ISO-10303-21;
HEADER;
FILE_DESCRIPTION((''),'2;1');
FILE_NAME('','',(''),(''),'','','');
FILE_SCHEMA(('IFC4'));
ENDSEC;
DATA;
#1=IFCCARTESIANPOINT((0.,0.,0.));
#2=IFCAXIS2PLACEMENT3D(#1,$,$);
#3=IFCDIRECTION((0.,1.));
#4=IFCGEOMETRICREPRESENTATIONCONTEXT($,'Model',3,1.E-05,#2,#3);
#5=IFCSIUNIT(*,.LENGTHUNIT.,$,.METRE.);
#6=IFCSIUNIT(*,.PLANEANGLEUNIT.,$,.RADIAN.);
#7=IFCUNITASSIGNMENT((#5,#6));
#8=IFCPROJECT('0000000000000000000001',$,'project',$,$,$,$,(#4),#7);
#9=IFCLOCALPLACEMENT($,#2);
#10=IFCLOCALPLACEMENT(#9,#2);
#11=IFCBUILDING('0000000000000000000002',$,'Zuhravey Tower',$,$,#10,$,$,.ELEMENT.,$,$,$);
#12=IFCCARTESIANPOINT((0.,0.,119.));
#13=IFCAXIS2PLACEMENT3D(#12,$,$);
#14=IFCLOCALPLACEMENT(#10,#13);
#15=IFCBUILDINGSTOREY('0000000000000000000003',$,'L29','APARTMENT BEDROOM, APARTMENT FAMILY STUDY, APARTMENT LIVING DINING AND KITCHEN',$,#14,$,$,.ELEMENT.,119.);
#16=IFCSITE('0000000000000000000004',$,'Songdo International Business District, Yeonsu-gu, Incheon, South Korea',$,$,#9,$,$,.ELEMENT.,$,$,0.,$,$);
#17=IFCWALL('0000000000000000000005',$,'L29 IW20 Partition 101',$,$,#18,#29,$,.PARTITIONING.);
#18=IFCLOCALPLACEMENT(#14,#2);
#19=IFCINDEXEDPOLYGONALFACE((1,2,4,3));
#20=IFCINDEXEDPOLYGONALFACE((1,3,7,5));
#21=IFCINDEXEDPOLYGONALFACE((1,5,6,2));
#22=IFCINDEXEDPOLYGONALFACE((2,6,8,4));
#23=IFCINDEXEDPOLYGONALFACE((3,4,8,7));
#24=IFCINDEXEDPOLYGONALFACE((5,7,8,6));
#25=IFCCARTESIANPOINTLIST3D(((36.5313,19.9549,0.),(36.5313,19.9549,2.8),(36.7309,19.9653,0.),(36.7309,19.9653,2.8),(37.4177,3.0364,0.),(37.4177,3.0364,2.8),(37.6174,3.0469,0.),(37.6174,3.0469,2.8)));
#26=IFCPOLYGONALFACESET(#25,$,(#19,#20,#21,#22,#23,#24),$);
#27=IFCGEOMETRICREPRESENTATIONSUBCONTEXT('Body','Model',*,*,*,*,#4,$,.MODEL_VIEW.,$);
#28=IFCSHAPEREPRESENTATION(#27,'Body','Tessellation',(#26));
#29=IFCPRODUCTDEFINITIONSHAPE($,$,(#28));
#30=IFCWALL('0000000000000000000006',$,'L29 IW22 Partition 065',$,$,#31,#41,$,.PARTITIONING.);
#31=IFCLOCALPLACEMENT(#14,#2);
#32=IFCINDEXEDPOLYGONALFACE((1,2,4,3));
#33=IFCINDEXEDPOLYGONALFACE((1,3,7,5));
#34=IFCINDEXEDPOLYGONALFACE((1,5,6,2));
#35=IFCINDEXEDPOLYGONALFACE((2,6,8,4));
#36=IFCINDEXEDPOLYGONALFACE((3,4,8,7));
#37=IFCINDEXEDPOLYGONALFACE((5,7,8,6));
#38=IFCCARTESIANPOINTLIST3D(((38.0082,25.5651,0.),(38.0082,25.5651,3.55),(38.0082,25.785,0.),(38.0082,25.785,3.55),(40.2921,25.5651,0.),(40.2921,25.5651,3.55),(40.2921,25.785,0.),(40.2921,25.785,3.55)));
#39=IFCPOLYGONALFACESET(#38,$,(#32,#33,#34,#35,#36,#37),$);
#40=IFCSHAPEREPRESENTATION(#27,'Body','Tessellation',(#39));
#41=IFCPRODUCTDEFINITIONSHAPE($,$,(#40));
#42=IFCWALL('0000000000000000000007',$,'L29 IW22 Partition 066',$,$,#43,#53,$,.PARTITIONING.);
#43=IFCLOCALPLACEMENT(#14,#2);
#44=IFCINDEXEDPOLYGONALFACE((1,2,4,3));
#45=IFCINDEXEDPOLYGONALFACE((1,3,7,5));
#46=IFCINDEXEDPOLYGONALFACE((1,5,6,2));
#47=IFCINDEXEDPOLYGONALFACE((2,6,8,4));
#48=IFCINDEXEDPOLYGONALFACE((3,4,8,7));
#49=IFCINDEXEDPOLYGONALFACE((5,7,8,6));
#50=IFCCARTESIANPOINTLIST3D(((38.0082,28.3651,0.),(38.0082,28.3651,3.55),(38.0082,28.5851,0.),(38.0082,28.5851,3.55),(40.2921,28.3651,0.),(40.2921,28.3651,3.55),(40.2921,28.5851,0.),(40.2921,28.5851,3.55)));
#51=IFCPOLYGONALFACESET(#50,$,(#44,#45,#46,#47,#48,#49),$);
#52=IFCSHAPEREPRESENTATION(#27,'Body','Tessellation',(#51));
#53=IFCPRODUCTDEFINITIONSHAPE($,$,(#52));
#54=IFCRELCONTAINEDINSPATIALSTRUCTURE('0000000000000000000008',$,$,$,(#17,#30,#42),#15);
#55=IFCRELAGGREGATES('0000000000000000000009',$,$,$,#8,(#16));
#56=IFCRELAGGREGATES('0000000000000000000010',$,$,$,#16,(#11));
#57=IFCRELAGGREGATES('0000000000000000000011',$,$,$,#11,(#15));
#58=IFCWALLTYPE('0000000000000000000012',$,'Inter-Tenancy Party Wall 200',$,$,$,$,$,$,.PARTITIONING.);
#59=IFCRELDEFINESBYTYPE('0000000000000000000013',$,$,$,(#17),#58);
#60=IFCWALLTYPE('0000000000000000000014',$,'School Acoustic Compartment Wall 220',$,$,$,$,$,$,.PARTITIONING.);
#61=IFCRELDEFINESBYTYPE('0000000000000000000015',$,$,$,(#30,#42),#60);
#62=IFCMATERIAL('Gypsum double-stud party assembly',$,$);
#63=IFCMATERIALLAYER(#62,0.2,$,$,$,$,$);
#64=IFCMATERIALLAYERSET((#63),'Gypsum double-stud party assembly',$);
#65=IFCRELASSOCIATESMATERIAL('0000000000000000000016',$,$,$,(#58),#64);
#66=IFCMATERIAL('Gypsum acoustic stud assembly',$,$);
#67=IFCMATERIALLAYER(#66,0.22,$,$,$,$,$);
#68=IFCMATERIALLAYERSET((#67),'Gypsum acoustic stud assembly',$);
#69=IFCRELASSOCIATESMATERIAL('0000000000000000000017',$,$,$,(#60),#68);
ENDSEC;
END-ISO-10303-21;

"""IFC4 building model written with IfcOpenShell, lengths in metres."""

from ifc_helpers import new_model, si_unit, direction, frame, frame_2d, origin, place, context, subcontext, project, spatial, rectangle, extrude, material, layer, layer_set, type_object, element, save


model = new_model("IFC4")

# Units and contexts
model_context = context("Model", 3, precision=1e-05, world=origin(), true_north=direction((0.0, 1.0)))
body_context = subcontext(model_context, "Body", "Model", "MODEL_VIEW")
ifc_project = project(units=[si_unit("LENGTHUNIT", "METRE"), si_unit("PLANEANGLEUNIT", "RADIAN")], contexts=[model_context])

# Site, building, storey
site_placement = place(None, origin())
site = spatial("IfcSite", under=ifc_project, at=site_placement, Name="Songdo International Business District, Yeonsu-gu, Incheon, South Korea", CompositionType="ELEMENT", RefElevation=0.0)
building_placement = place(site_placement, origin())
building = spatial("IfcBuilding", under=site, at=building_placement, Name="Zuhravey Tower", CompositionType="ELEMENT")
storey_placement = place(building_placement, frame((0.0, 0.0, 119.0)))
storey = spatial("IfcBuildingStorey", under=building, at=storey_placement, Name="L29", Description="APARTMENT BEDROOM, APARTMENT FAMILY STUDY, APARTMENT LIVING DINING AND KITCHEN", CompositionType="ELEMENT", Elevation=119.0)

# Walls
ifc_material_1 = material(Name="Gypsum double-stud party assembly")
ifc_layer_1 = layer(ifc_material_1, 0.2)
ifc_layer_set_1 = layer_set([ifc_layer_1], Name="Gypsum double-stud party assembly")
wall_type_1 = type_object("IfcWallType", Name="Inter-Tenancy Party Wall 200", PredefinedType="PARTITIONING", material=ifc_layer_set_1)
wall_1_placement = place(storey_placement, frame((36.6311, 19.96, 0.0), z_axis=(0.0, 0.0, 1.0), x_axis=(0.052325, -0.99863, 0.0)))
element("IfcWall", 1, at=wall_1_placement, inside=storey, type_object=wall_type_1, Name="L29 IW20 Partition 101", PredefinedType="PARTITIONING", context=body_context, shape_type="SweptSolid", body=[
    extrude(rectangle(XDim=16.9417, YDim=0.2, at=frame_2d((8.4707, 0.0))), origin(), (0.0, 0.0, 1.0), 2.8),
])
ifc_material_2 = material(Name="Gypsum acoustic stud assembly")
ifc_layer_2 = layer(ifc_material_2, 0.22)
ifc_layer_set_2 = layer_set([ifc_layer_2], Name="Gypsum acoustic stud assembly")
wall_type_2 = type_object("IfcWallType", Name="School Acoustic Compartment Wall 220", PredefinedType="PARTITIONING", material=ifc_layer_set_2)
for number, where, z_axis, x_axis, name in (
    (2, (38.0081, 25.675, 0.0), (0.0, 0.0, 1.0), (1.0, 0.0, 0.0), "L29 IW22 Partition 065"),
    (3, (38.0081, 28.4751, 0.0), (0.0, 0.0, 1.0), (1.0, 0.0, 0.0), "L29 IW22 Partition 066"),
):
    element("IfcWall", number, at=place(storey_placement, frame(where, z_axis=z_axis, x_axis=x_axis)), inside=storey, type_object=wall_type_2, Name=name, PredefinedType="PARTITIONING", context=body_context, shape_type="SweptSolid", body=[
        extrude(rectangle(XDim=2.2839, YDim=0.22, at=frame_2d((1.1421, 0.0))), origin(), (0.0, 0.0, 1.0), 3.55),
    ])

save(model, "model.ifc")
